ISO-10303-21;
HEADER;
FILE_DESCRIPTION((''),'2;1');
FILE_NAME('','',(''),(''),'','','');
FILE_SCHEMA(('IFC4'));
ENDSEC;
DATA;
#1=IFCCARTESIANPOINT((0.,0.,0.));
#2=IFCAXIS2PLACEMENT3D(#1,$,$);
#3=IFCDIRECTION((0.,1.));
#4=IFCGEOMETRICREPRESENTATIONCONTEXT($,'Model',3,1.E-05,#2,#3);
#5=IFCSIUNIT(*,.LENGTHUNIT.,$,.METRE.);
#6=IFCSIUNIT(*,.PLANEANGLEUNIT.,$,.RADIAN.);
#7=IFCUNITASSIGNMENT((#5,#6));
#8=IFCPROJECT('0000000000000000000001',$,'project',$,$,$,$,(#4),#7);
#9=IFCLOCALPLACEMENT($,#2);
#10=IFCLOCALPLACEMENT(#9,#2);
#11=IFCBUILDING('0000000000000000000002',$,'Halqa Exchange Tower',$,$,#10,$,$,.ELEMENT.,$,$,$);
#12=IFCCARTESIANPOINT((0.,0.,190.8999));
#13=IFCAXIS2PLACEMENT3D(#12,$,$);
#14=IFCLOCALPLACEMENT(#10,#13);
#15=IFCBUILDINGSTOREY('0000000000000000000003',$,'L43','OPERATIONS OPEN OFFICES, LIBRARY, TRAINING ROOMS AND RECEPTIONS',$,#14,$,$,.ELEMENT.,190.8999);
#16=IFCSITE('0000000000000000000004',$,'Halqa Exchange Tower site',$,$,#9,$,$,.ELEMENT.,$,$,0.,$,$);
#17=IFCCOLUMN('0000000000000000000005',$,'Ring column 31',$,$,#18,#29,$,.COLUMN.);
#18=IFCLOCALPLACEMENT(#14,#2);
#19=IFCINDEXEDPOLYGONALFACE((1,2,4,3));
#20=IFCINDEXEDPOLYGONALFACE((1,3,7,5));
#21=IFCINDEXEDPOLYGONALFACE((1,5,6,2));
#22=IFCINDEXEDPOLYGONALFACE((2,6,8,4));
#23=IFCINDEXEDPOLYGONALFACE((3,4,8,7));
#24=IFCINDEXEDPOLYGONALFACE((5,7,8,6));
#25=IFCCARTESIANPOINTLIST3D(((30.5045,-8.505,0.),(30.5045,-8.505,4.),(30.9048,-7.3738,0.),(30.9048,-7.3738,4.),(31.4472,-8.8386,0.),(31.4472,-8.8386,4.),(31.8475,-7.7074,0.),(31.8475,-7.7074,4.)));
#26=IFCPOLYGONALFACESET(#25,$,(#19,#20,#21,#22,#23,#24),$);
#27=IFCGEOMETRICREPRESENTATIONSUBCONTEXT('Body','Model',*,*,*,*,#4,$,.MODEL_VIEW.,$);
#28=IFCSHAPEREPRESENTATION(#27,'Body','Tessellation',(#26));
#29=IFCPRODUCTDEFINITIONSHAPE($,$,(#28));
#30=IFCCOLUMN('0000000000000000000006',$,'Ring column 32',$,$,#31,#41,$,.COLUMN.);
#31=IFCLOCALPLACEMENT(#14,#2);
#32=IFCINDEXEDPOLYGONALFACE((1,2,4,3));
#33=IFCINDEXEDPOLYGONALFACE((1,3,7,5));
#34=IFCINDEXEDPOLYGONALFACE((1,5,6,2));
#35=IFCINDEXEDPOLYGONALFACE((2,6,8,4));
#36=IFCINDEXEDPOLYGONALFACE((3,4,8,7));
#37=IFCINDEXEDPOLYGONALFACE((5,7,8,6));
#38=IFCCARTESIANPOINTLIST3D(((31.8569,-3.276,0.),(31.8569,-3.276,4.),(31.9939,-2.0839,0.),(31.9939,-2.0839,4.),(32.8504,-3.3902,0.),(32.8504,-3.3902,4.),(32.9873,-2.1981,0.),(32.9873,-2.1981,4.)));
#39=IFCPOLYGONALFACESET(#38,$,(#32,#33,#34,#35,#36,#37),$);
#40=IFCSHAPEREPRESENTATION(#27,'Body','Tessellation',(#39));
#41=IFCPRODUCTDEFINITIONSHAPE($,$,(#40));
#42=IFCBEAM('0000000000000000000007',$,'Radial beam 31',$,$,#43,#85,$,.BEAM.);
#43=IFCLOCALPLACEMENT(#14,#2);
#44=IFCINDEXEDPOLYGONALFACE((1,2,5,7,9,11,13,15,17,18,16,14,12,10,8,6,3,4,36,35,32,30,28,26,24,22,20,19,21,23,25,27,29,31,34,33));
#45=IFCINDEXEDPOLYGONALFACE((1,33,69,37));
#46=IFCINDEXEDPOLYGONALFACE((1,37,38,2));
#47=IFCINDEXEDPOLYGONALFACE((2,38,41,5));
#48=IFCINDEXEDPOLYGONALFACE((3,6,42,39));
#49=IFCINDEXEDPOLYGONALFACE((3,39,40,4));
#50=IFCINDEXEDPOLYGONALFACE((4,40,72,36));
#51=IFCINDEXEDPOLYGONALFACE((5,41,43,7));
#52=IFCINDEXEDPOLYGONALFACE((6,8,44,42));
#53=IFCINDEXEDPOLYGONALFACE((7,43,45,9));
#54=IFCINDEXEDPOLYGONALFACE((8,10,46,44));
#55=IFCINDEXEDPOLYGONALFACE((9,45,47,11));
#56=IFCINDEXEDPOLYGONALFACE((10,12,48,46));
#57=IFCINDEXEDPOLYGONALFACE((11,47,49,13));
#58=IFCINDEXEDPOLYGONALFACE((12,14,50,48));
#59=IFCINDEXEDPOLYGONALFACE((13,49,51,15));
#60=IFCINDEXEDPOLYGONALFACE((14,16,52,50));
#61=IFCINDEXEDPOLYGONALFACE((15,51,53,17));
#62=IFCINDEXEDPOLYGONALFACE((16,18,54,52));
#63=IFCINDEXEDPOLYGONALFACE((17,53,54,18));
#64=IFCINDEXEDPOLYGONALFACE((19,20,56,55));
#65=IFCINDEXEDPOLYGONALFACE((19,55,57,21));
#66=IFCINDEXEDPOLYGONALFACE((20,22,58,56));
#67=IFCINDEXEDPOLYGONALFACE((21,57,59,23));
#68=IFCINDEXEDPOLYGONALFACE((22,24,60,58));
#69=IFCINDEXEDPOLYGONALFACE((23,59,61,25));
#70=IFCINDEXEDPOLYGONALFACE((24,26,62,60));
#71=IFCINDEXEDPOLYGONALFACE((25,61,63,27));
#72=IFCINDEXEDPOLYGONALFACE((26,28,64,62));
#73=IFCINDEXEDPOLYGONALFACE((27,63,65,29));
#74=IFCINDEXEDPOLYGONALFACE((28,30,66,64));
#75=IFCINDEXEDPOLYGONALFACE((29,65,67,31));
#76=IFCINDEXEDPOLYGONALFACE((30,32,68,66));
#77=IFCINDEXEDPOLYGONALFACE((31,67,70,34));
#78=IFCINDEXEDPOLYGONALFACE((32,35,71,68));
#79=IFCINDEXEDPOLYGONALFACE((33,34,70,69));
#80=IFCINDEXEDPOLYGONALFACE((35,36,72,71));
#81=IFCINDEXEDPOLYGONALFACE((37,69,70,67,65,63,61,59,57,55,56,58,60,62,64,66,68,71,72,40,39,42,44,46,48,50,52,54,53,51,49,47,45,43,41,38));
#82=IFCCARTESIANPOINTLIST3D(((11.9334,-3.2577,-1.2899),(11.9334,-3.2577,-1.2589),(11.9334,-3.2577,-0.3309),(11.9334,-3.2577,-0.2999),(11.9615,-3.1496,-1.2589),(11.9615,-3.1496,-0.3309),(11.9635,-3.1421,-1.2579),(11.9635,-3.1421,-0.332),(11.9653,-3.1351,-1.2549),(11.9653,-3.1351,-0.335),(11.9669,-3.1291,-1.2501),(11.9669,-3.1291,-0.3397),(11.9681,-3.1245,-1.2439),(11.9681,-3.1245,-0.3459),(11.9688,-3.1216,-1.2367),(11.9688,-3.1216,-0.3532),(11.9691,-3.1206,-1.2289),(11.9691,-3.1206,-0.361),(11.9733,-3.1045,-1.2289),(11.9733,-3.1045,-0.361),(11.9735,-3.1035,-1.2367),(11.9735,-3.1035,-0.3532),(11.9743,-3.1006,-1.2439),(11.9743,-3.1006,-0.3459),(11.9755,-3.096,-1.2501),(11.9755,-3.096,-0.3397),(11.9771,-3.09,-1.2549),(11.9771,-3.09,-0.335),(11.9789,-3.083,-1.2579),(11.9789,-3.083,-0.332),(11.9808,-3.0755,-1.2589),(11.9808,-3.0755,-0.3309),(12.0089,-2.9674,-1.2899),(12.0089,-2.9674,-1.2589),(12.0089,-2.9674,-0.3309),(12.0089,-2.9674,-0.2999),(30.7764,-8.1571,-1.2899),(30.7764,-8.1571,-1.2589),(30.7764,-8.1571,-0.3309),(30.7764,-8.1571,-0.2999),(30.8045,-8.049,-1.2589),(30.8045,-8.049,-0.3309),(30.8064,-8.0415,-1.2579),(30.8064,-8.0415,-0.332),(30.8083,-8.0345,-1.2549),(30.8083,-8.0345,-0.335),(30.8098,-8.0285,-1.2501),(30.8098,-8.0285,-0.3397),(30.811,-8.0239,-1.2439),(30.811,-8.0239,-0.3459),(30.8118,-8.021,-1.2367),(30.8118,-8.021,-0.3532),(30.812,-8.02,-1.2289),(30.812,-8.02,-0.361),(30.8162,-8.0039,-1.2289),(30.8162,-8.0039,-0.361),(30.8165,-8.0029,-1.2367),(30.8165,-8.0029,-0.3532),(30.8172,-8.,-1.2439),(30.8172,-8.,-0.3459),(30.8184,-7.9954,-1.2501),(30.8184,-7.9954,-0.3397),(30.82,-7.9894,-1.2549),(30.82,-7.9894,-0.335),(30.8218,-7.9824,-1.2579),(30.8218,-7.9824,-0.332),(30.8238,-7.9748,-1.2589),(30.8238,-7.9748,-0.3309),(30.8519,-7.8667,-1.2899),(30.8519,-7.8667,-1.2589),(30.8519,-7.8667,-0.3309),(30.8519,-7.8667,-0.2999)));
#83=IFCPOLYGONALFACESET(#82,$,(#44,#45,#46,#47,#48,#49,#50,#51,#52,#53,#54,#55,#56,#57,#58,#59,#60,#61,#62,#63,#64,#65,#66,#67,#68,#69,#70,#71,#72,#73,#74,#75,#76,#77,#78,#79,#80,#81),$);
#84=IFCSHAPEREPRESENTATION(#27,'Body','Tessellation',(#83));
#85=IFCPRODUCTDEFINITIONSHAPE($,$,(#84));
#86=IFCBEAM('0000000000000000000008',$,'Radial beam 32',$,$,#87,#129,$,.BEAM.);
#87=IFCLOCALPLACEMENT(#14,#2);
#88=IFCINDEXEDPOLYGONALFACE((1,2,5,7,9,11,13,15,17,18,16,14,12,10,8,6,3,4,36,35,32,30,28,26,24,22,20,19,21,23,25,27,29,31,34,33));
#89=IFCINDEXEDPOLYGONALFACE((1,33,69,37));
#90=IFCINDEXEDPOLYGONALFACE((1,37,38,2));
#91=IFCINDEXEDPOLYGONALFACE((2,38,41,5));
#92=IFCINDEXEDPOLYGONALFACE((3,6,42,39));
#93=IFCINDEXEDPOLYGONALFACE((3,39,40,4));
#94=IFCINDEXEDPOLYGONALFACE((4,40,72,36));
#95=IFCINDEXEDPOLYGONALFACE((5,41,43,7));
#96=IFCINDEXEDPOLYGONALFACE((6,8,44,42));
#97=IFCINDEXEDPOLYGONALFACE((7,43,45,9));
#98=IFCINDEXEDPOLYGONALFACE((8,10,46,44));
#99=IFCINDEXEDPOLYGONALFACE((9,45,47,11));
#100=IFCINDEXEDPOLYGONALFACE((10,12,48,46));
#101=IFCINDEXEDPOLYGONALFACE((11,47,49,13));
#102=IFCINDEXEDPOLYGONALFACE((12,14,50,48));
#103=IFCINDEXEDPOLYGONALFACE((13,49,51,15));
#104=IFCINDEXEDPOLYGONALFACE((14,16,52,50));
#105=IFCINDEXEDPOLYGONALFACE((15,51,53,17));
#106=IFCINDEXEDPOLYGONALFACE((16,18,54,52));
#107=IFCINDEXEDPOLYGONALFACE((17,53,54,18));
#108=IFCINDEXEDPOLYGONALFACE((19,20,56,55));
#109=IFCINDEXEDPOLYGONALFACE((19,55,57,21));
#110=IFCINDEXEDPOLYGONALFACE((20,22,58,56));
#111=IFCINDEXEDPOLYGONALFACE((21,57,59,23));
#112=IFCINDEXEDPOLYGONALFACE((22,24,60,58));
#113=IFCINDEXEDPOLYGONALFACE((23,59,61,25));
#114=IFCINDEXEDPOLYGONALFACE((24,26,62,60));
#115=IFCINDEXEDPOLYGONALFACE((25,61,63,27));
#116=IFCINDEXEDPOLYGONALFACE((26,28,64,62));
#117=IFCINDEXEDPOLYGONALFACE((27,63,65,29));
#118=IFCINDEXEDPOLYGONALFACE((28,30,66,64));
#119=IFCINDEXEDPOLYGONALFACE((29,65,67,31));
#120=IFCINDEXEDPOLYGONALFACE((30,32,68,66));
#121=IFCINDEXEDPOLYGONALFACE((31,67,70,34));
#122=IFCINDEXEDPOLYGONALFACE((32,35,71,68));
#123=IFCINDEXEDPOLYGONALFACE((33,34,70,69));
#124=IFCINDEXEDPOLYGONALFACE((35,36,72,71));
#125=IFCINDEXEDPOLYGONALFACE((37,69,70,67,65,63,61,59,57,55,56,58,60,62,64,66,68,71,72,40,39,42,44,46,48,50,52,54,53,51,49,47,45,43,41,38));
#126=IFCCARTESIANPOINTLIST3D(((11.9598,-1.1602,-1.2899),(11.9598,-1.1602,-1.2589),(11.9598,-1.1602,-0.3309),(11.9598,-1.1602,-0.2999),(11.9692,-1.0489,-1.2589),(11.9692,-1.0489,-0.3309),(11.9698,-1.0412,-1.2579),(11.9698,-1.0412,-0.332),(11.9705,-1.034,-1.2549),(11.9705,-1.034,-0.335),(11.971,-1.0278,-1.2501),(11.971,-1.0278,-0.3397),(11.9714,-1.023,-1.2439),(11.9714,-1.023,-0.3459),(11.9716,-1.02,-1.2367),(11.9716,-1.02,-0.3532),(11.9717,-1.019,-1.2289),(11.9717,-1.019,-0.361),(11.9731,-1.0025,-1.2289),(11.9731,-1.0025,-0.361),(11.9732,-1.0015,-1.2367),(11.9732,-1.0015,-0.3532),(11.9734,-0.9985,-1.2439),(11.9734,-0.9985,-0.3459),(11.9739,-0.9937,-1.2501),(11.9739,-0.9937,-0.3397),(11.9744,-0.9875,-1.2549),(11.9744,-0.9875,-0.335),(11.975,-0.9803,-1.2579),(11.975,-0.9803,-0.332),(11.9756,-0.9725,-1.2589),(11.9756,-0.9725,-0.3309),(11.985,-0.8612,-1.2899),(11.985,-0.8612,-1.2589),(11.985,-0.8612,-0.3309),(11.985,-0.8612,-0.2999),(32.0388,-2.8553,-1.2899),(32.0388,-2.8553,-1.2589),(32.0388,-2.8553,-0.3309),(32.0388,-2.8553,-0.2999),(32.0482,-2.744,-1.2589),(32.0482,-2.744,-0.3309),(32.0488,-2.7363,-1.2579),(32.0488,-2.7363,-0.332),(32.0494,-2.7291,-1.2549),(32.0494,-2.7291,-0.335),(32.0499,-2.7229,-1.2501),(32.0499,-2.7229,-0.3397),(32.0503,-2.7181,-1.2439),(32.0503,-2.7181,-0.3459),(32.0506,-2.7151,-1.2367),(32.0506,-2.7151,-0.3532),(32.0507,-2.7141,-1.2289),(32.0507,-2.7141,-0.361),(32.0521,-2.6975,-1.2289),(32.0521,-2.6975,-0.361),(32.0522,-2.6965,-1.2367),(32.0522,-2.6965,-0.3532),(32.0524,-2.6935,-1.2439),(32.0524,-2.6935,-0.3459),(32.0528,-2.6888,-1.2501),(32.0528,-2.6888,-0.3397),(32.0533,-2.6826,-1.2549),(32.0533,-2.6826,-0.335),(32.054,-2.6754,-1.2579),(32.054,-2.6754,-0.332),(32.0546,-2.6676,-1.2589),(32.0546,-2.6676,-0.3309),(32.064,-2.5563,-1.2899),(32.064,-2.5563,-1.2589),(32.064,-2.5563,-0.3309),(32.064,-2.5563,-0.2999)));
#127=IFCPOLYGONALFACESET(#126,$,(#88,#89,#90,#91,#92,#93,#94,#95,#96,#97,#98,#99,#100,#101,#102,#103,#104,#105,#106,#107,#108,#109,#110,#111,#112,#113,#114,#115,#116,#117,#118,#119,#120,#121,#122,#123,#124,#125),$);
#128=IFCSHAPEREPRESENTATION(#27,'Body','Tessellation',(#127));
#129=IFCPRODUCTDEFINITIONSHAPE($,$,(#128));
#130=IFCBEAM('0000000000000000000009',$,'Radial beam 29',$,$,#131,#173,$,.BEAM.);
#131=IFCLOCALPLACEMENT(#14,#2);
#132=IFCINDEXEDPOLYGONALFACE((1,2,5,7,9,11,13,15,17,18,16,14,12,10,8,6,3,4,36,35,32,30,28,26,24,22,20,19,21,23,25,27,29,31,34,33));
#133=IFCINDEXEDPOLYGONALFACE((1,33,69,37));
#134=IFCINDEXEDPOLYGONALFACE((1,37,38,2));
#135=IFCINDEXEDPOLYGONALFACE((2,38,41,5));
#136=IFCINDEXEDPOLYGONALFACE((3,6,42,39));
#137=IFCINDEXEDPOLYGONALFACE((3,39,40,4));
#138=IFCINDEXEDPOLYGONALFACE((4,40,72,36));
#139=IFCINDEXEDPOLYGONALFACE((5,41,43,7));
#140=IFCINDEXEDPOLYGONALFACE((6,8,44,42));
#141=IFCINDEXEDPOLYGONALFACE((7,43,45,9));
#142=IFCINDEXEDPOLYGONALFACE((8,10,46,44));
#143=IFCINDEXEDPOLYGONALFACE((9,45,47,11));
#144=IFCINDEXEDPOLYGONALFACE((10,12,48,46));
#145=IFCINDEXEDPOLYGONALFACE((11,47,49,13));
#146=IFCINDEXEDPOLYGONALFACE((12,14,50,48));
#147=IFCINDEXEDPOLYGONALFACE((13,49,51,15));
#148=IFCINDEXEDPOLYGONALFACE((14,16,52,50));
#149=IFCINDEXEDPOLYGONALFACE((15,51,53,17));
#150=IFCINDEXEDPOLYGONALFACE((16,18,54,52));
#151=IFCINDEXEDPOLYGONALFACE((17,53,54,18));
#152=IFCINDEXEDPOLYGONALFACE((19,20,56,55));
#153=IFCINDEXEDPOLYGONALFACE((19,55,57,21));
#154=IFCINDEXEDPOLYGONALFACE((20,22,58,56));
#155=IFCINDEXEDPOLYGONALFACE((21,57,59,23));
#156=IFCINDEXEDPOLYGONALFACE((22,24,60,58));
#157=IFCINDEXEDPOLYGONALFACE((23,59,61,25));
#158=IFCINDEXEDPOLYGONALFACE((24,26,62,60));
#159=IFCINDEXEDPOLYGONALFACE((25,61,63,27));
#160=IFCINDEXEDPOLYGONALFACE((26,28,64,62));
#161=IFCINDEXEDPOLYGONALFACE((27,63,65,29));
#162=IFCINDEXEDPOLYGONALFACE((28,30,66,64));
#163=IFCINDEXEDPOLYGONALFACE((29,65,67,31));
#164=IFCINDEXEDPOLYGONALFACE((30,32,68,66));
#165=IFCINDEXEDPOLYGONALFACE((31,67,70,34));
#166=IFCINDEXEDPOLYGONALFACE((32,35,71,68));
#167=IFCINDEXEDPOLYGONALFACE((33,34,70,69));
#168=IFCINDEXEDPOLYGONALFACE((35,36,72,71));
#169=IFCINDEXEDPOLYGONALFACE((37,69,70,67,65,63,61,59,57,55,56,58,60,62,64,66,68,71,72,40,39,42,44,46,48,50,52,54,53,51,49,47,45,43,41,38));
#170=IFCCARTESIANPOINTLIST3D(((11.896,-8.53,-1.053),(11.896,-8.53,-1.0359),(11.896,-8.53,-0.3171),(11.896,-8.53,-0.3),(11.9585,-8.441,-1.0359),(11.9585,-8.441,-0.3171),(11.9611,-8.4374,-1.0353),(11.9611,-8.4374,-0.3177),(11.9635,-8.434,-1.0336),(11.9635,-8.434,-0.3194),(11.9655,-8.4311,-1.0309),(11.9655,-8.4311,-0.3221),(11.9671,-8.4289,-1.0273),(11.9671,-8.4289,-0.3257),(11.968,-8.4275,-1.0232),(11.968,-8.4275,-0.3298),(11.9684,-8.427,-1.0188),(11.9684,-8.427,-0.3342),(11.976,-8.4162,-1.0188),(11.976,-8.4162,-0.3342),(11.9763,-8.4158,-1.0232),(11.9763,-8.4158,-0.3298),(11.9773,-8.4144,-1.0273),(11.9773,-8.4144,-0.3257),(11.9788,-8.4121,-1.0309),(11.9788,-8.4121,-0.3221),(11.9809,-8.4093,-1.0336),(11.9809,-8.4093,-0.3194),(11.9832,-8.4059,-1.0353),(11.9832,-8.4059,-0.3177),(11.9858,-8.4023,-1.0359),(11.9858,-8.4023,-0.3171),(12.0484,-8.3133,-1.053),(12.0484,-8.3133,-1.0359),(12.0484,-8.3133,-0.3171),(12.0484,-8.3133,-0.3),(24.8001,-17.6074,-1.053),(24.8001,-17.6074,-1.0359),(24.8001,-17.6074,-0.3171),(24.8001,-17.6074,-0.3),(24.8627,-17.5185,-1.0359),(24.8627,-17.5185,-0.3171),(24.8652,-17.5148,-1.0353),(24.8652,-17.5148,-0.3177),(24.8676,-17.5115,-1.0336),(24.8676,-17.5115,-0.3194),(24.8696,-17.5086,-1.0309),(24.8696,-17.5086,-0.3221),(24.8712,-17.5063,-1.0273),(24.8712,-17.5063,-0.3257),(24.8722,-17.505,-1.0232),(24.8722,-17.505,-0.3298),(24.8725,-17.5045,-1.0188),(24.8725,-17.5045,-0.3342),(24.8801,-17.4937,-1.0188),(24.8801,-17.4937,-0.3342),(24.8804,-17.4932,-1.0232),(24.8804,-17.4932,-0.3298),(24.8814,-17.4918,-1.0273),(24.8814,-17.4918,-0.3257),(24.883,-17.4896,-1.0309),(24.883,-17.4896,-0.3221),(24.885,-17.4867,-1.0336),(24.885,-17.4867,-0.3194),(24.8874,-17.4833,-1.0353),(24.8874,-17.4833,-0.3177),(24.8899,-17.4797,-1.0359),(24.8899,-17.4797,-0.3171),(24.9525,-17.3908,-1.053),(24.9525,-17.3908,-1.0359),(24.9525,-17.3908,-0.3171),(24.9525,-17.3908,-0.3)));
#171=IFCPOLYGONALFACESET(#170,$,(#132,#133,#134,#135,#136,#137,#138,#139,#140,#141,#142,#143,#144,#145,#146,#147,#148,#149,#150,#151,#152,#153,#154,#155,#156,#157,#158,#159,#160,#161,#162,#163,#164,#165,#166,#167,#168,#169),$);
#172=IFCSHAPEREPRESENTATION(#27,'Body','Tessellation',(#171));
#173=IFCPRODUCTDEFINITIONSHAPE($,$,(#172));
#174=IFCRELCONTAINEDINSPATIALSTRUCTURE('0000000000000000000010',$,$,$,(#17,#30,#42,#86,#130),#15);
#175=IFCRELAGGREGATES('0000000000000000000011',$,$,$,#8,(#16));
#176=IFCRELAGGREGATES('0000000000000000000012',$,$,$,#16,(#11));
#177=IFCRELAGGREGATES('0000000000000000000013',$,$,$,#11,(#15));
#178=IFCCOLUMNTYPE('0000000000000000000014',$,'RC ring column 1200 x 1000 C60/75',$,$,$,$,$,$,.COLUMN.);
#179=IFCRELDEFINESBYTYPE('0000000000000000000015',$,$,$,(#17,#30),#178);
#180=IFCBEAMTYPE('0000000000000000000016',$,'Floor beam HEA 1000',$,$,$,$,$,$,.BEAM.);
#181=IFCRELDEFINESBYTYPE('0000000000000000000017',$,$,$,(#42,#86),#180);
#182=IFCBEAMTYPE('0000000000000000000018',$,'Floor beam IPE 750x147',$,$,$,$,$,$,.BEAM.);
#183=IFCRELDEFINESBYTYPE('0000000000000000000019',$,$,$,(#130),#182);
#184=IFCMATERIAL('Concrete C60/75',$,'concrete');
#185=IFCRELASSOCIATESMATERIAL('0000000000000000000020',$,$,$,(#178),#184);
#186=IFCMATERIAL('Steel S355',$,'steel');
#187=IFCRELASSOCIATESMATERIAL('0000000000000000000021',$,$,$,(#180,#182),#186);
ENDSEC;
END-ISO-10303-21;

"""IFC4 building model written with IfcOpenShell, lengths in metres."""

from ifc_helpers import new_model, si_unit, direction, frame, origin, origin_2d, place, context, subcontext, project, spatial, rectangle, i_section, extrude, material, material_profile, profile_set, type_object, element, save


model = new_model("IFC4")

# Units and contexts
model_context = context("Model", 3, precision=1e-05, world=origin(), true_north=direction((0.0, 1.0)))
body_context = subcontext(model_context, "Body", "Model", "MODEL_VIEW")
ifc_project = project(units=[si_unit("LENGTHUNIT", "METRE"), si_unit("PLANEANGLEUNIT", "RADIAN")], contexts=[model_context])

# Site, building, storey
site_placement = place(None, origin())
site = spatial("IfcSite", under=ifc_project, at=site_placement, Name="Halqa Exchange Tower site", CompositionType="ELEMENT", RefElevation=0.0)
building_placement = place(site_placement, origin())
building = spatial("IfcBuilding", under=site, at=building_placement, Name="Halqa Exchange Tower", CompositionType="ELEMENT")
storey_placement = place(building_placement, frame((0.0, 0.0, 190.8999)))
storey = spatial("IfcBuildingStorey", under=building, at=storey_placement, Name="L43", Description="OPERATIONS OPEN OFFICES, LIBRARY, TRAINING ROOMS AND RECEPTIONS", CompositionType="ELEMENT", Elevation=190.8999)

# Columns
ifc_material_1 = material(Name="Concrete C60/75", Category="concrete")
ifc_material_profile_1 = material_profile(ifc_material_1, rectangle(XDim=1.2, YDim=1.0, at=origin_2d()), Name="1200 x 1000")
ifc_profile_set_1 = profile_set([ifc_material_profile_1], Name="Concrete C60/75")
column_type = type_object("IfcColumnType", Name="RC ring column 1200 x 1000 C60/75", PredefinedType="COLUMN", material=ifc_profile_set_1)
for number, where, z_axis, x_axis, name in (
    (1, (31.176, -8.1062, 0.0), (0.0, 0.0, 1.0), (0.333626, 0.942706, 0.0), "Ring column 31"),
    (2, (32.4221, -2.7371, 0.0), (0.0, 0.0, 1.0), (0.11415, 0.993464, 0.0), "Ring column 32"),
):
    element("IfcColumn", number, at=place(storey_placement, frame(where, z_axis=z_axis, x_axis=x_axis)), inside=storey, type_object=column_type, Name=name, PredefinedType="COLUMN", context=body_context, shape_type="SweptSolid", body=[
        extrude(rectangle(XDim=1.2, YDim=1.0, at=origin_2d()), origin(), (0.0, 0.0, 1.0), 4.0),
    ])

# Beams
ifc_material_2 = material(Name="Steel S355", Category="steel")
ifc_material_profile_2 = material_profile(ifc_material_2, i_section(OverallWidth=0.3, OverallDepth=0.99, WebThickness=0.0166, FlangeThickness=0.031, FilletRadius=0.03, at=origin_2d()), Name="HEA 1000")
ifc_profile_set_2 = profile_set([ifc_material_profile_2], Name="Steel S355")
beam_type_1 = type_object("IfcBeamType", Name="Floor beam HEA 1000", PredefinedType="BEAM", material=ifc_profile_set_2)
beam_1_placement = place(storey_placement, frame((11.9712, -3.1125, -0.7949), z_axis=(0.96782, -0.251645, 0.0), x_axis=(0.251645, 0.96782, 0.0)))
element("IfcBeam", 3, at=beam_1_placement, inside=storey, type_object=beam_type_1, Name="Radial beam 31", PredefinedType="BEAM", context=body_context, shape_type="SweptSolid", body=[
    extrude(i_section(OverallWidth=0.3, OverallDepth=0.99, WebThickness=0.0166, FlangeThickness=0.031, FilletRadius=0.03, at=origin_2d()), origin(), (0.0, 0.0, 1.0), 19.4695),
])
beam_2_placement = place(storey_placement, frame((11.9724, -1.0107, -0.7949), z_axis=(0.996456, -0.084121, 0.0), x_axis=(0.084121, 0.996456, 0.0)))
element("IfcBeam", 4, at=beam_2_placement, inside=storey, type_object=beam_type_1, Name="Radial beam 32", PredefinedType="BEAM", context=body_context, shape_type="SweptSolid", body=[
    extrude(i_section(OverallWidth=0.3, OverallDepth=0.99, WebThickness=0.0166, FlangeThickness=0.031, FilletRadius=0.03, at=origin_2d()), origin(), (0.0, 0.0, 1.0), 20.1504),
])
ifc_material_profile_3 = material_profile(ifc_material_2, i_section(OverallWidth=0.2649, OverallDepth=0.7529, WebThickness=0.0132, FlangeThickness=0.0171, FilletRadius=0.0171, at=origin_2d()), Name="IPE 750x147")
ifc_profile_set_3 = profile_set([ifc_material_profile_3], Name="Steel S355")
beam_type_2 = type_object("IfcBeamType", Name="Floor beam IPE 750x147", PredefinedType="BEAM", material=ifc_profile_set_3)
beam_3_placement = place(storey_placement, frame((11.9722, -8.4216, -0.6765), z_axis=(0.817903, -0.575356, 0.0), x_axis=(0.575356, 0.817903, 0.0)))
element("IfcBeam", 5, at=beam_3_placement, inside=storey, type_object=beam_type_2, Name="Radial beam 29", PredefinedType="BEAM", context=body_context, shape_type="SweptSolid", body=[
    extrude(i_section(OverallWidth=0.2649, OverallDepth=0.7529, WebThickness=0.0132, FlangeThickness=0.0171, FilletRadius=0.0171, at=origin_2d()), origin(), (0.0, 0.0, 1.0), 15.7771),
])

save(model, "model.ifc")
